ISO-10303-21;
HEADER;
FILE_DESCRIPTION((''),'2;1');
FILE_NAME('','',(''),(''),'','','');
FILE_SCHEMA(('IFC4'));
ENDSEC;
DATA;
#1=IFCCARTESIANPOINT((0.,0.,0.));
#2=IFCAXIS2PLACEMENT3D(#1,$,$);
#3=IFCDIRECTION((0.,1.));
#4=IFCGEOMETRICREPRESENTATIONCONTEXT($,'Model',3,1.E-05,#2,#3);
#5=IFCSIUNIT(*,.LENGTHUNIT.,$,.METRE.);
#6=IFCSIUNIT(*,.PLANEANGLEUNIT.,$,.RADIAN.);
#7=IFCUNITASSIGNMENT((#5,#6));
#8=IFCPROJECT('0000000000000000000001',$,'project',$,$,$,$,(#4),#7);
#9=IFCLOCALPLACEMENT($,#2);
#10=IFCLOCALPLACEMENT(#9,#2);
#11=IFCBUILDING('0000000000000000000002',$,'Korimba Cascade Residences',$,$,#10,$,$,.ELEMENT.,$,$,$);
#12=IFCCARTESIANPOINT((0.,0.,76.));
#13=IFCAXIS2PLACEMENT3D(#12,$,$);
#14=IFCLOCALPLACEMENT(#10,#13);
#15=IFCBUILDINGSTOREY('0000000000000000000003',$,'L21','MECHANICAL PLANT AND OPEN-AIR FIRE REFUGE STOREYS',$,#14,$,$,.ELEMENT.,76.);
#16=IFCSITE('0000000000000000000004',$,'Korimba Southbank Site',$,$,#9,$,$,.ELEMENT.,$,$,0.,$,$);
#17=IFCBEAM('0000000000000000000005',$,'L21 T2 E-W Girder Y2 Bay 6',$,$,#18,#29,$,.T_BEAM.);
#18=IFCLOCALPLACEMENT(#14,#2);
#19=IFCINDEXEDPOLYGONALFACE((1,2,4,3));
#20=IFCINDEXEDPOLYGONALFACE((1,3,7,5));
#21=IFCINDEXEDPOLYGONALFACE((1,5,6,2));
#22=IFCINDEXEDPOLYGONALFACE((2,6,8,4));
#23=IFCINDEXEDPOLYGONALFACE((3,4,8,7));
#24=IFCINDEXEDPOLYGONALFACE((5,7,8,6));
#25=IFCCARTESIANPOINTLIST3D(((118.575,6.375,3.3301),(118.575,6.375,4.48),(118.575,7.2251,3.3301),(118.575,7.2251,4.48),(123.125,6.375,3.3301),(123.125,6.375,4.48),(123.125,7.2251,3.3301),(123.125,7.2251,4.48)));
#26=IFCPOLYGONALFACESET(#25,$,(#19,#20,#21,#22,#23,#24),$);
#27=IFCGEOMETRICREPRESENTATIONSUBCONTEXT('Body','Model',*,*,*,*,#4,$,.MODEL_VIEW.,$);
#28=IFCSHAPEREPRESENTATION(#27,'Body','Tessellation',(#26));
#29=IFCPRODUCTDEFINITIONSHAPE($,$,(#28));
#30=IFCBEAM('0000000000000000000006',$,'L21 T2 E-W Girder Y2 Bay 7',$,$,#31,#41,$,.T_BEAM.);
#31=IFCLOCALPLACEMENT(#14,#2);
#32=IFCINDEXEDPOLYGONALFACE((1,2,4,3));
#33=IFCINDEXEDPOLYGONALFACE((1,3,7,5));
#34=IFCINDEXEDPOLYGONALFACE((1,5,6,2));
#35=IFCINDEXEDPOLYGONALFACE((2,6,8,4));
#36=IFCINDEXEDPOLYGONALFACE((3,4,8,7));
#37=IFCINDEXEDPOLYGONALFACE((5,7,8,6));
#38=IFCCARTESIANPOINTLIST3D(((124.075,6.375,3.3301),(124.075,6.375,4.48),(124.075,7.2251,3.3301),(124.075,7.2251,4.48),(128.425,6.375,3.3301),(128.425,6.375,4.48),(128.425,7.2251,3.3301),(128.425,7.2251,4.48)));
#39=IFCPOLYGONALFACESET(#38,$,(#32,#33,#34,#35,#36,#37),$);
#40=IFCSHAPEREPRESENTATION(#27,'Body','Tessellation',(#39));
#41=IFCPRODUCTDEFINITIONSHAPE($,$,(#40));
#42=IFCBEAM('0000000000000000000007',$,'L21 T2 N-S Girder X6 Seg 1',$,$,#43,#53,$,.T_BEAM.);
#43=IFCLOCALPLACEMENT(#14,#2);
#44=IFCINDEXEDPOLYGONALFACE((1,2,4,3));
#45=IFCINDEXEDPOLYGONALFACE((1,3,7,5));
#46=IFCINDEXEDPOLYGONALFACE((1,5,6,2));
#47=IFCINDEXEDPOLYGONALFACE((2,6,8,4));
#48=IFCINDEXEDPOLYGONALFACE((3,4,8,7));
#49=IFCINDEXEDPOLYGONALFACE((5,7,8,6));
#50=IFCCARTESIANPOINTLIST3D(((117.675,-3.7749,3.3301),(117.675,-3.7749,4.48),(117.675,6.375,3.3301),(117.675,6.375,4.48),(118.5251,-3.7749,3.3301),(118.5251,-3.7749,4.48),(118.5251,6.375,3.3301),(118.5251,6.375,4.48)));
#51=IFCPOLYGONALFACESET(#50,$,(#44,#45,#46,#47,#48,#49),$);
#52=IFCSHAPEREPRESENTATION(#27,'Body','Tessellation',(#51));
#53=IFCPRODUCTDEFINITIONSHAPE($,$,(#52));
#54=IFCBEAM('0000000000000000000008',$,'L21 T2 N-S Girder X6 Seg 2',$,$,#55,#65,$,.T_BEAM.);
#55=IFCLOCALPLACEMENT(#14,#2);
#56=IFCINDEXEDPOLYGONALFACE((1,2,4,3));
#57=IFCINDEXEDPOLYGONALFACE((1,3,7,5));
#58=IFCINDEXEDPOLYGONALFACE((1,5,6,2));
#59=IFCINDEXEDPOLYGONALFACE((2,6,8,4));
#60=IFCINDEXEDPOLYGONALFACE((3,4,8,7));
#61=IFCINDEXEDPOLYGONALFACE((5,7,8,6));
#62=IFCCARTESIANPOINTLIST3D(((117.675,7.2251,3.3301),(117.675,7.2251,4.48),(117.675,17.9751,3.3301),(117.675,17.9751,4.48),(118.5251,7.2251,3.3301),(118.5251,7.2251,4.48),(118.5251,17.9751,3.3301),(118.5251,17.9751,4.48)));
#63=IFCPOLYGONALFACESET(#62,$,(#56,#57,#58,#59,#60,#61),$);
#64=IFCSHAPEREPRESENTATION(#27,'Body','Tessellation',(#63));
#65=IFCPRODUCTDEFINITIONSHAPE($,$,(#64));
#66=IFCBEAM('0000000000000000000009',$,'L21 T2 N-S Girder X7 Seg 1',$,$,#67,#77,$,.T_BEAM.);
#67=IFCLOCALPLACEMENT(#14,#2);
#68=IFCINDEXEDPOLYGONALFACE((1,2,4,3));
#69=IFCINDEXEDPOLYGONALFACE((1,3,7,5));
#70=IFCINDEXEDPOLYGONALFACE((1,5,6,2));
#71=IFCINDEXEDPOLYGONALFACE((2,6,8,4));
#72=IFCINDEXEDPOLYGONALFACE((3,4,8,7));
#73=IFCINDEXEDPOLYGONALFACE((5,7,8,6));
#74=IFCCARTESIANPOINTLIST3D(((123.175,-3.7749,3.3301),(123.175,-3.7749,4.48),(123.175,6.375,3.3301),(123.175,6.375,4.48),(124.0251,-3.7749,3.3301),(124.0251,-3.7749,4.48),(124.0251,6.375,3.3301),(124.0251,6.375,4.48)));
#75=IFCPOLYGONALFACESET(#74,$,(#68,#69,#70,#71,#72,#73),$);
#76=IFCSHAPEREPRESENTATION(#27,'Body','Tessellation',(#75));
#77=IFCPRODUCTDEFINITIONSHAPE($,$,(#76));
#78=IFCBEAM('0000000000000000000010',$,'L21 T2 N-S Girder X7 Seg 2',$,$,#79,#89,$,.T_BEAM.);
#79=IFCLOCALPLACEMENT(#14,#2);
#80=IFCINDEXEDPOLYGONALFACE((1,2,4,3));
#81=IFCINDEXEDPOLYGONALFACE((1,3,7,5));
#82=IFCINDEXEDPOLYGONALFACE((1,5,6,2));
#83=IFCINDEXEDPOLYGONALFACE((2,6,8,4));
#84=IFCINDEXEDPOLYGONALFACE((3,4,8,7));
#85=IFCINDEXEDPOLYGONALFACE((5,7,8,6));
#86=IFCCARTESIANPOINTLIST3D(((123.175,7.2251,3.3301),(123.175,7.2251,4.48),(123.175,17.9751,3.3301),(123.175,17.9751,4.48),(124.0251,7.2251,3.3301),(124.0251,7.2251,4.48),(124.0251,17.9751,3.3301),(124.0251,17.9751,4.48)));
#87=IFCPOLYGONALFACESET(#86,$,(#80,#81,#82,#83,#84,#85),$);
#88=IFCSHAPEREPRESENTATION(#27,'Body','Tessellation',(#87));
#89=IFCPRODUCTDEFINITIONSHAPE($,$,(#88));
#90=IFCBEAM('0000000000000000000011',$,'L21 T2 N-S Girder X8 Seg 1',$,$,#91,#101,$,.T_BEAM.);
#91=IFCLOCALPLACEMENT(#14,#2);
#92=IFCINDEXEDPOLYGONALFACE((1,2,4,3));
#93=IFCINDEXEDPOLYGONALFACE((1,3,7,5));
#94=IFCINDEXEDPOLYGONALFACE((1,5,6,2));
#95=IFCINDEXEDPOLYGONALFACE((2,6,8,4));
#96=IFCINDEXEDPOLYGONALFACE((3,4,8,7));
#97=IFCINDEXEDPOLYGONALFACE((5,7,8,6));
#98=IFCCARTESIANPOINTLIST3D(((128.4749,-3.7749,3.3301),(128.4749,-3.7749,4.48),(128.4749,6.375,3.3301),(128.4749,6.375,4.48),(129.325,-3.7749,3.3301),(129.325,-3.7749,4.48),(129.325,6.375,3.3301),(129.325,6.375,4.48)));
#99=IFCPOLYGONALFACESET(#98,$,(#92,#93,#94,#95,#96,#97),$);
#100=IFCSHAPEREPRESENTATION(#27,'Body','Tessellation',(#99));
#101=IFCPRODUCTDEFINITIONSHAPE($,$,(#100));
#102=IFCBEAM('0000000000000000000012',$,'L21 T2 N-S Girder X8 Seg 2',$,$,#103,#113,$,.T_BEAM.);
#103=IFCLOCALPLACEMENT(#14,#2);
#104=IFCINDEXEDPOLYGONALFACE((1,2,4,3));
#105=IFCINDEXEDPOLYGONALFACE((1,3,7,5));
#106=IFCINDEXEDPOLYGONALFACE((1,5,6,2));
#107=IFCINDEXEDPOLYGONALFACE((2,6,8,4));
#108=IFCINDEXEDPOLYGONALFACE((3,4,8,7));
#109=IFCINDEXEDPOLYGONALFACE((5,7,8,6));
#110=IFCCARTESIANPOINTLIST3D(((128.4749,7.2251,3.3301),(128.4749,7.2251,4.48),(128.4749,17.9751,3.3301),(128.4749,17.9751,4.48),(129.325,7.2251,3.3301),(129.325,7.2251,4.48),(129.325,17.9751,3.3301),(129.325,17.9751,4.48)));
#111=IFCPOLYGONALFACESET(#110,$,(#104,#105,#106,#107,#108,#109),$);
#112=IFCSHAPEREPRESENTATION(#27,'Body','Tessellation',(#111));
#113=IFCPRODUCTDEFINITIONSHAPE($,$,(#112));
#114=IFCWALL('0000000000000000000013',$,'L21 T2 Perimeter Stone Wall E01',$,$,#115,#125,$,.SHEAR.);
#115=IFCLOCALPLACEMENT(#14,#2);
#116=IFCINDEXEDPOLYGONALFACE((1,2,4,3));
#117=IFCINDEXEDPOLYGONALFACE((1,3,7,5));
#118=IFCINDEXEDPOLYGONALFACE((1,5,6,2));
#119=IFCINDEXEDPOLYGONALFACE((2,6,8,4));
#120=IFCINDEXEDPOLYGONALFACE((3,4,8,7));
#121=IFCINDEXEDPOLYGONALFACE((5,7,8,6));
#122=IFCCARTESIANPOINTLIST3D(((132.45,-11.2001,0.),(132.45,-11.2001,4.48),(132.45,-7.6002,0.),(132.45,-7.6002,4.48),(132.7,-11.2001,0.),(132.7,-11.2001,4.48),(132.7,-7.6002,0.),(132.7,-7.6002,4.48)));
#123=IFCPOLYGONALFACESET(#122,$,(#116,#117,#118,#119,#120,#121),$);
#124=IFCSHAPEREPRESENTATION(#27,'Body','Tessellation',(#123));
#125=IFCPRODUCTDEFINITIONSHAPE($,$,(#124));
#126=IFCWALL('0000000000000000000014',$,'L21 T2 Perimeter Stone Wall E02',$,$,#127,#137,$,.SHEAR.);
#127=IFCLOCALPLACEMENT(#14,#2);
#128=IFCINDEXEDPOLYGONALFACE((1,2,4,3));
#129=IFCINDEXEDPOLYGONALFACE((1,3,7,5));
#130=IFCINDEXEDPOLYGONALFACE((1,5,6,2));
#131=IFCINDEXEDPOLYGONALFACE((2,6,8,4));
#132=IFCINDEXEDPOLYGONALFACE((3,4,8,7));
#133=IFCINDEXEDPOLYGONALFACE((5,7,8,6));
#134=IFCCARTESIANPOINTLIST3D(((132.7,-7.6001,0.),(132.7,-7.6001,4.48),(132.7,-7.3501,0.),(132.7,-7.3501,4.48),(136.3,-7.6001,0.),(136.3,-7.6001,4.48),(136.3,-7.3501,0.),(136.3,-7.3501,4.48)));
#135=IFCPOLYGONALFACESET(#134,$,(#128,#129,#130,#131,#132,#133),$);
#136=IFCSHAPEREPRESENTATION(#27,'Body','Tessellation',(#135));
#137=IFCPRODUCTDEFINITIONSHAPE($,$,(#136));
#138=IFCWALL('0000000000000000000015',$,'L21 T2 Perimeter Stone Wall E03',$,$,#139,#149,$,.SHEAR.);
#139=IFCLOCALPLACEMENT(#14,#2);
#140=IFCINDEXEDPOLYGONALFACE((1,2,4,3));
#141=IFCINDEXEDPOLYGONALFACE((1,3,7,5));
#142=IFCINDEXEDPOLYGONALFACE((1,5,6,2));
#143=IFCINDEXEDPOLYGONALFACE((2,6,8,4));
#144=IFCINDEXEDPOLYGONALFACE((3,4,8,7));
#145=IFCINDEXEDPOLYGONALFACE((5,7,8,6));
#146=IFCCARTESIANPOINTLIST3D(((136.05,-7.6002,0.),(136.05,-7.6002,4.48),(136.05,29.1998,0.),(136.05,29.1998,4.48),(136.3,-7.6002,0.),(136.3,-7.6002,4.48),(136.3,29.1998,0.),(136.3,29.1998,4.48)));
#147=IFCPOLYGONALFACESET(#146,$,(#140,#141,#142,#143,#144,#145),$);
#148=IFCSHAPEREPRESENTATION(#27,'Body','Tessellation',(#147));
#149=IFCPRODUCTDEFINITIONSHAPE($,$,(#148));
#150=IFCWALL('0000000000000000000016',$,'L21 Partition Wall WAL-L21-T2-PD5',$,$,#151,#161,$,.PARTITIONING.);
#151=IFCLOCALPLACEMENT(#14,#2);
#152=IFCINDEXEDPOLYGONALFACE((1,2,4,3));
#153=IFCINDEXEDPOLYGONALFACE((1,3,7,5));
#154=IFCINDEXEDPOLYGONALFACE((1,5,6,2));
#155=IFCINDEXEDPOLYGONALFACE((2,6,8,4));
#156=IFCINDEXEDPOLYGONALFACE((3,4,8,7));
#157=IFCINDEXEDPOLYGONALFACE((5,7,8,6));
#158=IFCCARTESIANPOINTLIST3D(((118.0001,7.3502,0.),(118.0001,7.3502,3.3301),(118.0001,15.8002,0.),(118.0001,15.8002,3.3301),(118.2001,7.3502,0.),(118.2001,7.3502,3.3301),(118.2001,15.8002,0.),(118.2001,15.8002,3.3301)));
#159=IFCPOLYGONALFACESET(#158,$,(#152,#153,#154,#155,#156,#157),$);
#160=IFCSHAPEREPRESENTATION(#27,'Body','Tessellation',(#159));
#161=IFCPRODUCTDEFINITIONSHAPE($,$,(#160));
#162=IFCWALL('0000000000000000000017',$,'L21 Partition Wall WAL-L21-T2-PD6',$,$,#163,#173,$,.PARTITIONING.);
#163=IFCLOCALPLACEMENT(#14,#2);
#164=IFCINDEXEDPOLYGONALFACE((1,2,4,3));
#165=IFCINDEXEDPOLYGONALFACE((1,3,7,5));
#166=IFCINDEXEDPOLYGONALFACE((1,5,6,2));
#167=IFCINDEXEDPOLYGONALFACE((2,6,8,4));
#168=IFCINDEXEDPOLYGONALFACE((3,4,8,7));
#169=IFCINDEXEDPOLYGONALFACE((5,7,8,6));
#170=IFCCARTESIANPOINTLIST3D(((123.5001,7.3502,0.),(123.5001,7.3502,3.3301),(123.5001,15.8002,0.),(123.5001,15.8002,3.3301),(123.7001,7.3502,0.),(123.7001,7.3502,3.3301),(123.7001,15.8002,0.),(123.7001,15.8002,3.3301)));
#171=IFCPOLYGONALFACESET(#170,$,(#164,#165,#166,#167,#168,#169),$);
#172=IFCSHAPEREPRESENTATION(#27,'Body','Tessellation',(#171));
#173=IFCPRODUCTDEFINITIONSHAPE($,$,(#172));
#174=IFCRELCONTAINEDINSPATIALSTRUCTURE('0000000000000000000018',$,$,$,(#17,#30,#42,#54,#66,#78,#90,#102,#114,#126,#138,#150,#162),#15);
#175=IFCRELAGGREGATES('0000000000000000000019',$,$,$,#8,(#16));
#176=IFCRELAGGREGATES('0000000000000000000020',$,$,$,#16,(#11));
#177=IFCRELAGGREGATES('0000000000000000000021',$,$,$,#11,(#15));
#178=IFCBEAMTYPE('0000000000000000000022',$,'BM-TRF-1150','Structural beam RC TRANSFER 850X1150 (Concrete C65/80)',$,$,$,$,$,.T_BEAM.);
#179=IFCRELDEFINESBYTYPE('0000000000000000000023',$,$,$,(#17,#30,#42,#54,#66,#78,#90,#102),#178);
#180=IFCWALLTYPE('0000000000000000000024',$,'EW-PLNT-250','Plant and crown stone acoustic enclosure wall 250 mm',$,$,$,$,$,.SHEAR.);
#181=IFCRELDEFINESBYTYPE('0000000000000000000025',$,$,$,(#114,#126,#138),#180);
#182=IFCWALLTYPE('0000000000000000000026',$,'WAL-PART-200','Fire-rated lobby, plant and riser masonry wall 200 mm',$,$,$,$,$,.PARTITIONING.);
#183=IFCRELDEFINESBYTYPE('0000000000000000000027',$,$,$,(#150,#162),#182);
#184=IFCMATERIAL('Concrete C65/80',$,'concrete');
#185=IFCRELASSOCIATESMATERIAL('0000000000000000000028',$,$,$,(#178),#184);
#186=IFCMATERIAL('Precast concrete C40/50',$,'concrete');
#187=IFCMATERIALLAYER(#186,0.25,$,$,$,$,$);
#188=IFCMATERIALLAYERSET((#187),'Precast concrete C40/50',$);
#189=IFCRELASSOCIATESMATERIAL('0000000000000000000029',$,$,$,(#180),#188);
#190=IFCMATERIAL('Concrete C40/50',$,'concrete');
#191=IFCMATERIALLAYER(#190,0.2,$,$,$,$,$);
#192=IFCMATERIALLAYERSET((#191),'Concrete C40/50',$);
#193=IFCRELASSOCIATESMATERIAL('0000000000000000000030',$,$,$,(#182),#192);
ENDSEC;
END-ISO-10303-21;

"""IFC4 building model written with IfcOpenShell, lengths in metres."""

from ifc_helpers import new_model, si_unit, direction, frame, frame_2d, origin, origin_2d, place, context, subcontext, project, spatial, rectangle, extrude, material, layer, layer_set, material_profile, profile_set, type_object, element, save


model = new_model("IFC4")

# Units and contexts
model_context = context("Model", 3, precision=1e-05, world=origin(), true_north=direction((0.0, 1.0)))
body_context = subcontext(model_context, "Body", "Model", "MODEL_VIEW")
ifc_project = project(units=[si_unit("LENGTHUNIT", "METRE"), si_unit("PLANEANGLEUNIT", "RADIAN")], contexts=[model_context])

# Site, building, storey
site_placement = place(None, origin())
site = spatial("IfcSite", under=ifc_project, at=site_placement, Name="Korimba Southbank Site", CompositionType="ELEMENT", RefElevation=0.0)
building_placement = place(site_placement, origin())
building = spatial("IfcBuilding", under=site, at=building_placement, Name="Korimba Cascade Residences", CompositionType="ELEMENT")
storey_placement = place(building_placement, frame((0.0, 0.0, 76.0)))
storey = spatial("IfcBuildingStorey", under=building, at=storey_placement, Name="L21", Description="MECHANICAL PLANT AND OPEN-AIR FIRE REFUGE STOREYS", CompositionType="ELEMENT", Elevation=76.0)

# Shared definitions
ifc_material_1 = material(Name="Concrete C65/80", Category="concrete")

# Beams
ifc_material_profile_1 = material_profile(ifc_material_1, rectangle(XDim=0.8501, YDim=1.1499, at=origin_2d()), Name="Concrete C65/80")
ifc_profile_set_1 = profile_set([ifc_material_profile_1], Name="Concrete C65/80")
beam_type_1 = type_object("IfcBeamType", Name="BM-TRF-1150", Description="Structural beam RC TRANSFER 850X1150 (Concrete C65/80)", PredefinedType="T_BEAM", material=ifc_profile_set_1)
beam_1_placement = place(storey_placement, frame((118.575, 6.8, 3.905), z_axis=(1.0, 0.0, 0.0), x_axis=(0.0, 1.0, 0.0)))
element("IfcBeam", 1, at=beam_1_placement, inside=storey, type_object=beam_type_1, Name="L21 T2 E-W Girder Y2 Bay 6", PredefinedType="T_BEAM", context=body_context, shape_type="SweptSolid", body=[
    extrude(rectangle(XDim=0.8501, YDim=1.1499, at=origin_2d()), origin(), (0.0, 0.0, 1.0), 4.55),
])
beam_2_placement = place(storey_placement, frame((124.075, 6.8, 3.905), z_axis=(1.0, 0.0, 0.0), x_axis=(0.0, 1.0, 0.0)))
element("IfcBeam", 2, at=beam_2_placement, inside=storey, type_object=beam_type_1, Name="L21 T2 E-W Girder Y2 Bay 7", PredefinedType="T_BEAM", context=body_context, shape_type="SweptSolid", body=[
    extrude(rectangle(XDim=0.8501, YDim=1.1499, at=origin_2d()), origin(), (0.0, 0.0, 1.0), 4.3501),
])
beam_3_placement = place(storey_placement, frame((118.1001, -3.7749, 3.905), z_axis=(0.0, 1.0, 0.0), x_axis=(-1.0, 0.0, 0.0)))
element("IfcBeam", 3, at=beam_3_placement, inside=storey, type_object=beam_type_1, Name="L21 T2 N-S Girder X6 Seg 1", PredefinedType="T_BEAM", context=body_context, shape_type="SweptSolid", body=[
    extrude(rectangle(XDim=0.8501, YDim=1.1499, at=origin_2d()), origin(), (0.0, 0.0, 1.0), 10.1499),
])
beam_4_placement = place(storey_placement, frame((118.1001, 7.2251, 3.905), z_axis=(0.0, 1.0, 0.0), x_axis=(-1.0, 0.0, 0.0)))
element("IfcBeam", 4, at=beam_4_placement, inside=storey, type_object=beam_type_1, Name="L21 T2 N-S Girder X6 Seg 2", PredefinedType="T_BEAM", context=body_context, shape_type="SweptSolid", body=[
    extrude(rectangle(XDim=0.8501, YDim=1.1499, at=origin_2d()), origin(), (0.0, 0.0, 1.0), 10.75),
])
beam_5_placement = place(storey_placement, frame((123.6001, -3.7749, 3.905), z_axis=(0.0, 1.0, 0.0), x_axis=(-1.0, 0.0, 0.0)))
element("IfcBeam", 5, at=beam_5_placement, inside=storey, type_object=beam_type_1, Name="L21 T2 N-S Girder X7 Seg 1", PredefinedType="T_BEAM", context=body_context, shape_type="SweptSolid", body=[
    extrude(rectangle(XDim=0.8501, YDim=1.1499, at=origin_2d()), origin(), (0.0, 0.0, 1.0), 10.1499),
])
beam_6_placement = place(storey_placement, frame((123.6001, 7.2251, 3.905), z_axis=(0.0, 1.0, 0.0), x_axis=(-1.0, 0.0, 0.0)))
element("IfcBeam", 6, at=beam_6_placement, inside=storey, type_object=beam_type_1, Name="L21 T2 N-S Girder X7 Seg 2", PredefinedType="T_BEAM", context=body_context, shape_type="SweptSolid", body=[
    extrude(rectangle(XDim=0.8501, YDim=1.1499, at=origin_2d()), origin(), (0.0, 0.0, 1.0), 10.75),
])
beam_7_placement = place(storey_placement, frame((128.8999, -3.7749, 3.905), z_axis=(0.0, 1.0, 0.0), x_axis=(-1.0, 0.0, 0.0)))
element("IfcBeam", 7, at=beam_7_placement, inside=storey, type_object=beam_type_1, Name="L21 T2 N-S Girder X8 Seg 1", PredefinedType="T_BEAM", context=body_context, shape_type="SweptSolid", body=[
    extrude(rectangle(XDim=0.8501, YDim=1.1499, at=origin_2d()), origin(), (0.0, 0.0, 1.0), 10.1499),
])
beam_8_placement = place(storey_placement, frame((128.8999, 7.2251, 3.905), z_axis=(0.0, 1.0, 0.0), x_axis=(-1.0, 0.0, 0.0)))
element("IfcBeam", 8, at=beam_8_placement, inside=storey, type_object=beam_type_1, Name="L21 T2 N-S Girder X8 Seg 2", PredefinedType="T_BEAM", context=body_context, shape_type="SweptSolid", body=[
    extrude(rectangle(XDim=0.8501, YDim=1.1499, at=origin_2d()), origin(), (0.0, 0.0, 1.0), 10.75),
])

# Walls
ifc_material_2 = material(Name="Precast concrete C40/50", Category="concrete")
ifc_layer_1 = layer(ifc_material_2, 0.25)
ifc_layer_set_1 = layer_set([ifc_layer_1], Name="Precast concrete C40/50")
wall_type_1 = type_object("IfcWallType", Name="EW-PLNT-250", Description="Plant and crown stone acoustic enclosure wall 250 mm", PredefinedType="SHEAR", material=ifc_layer_set_1)
wall_1_placement = place(storey_placement, frame((132.575, -11.2, 0.0), z_axis=(0.0, 0.0, 1.0), x_axis=(0.0, 1.0, 0.0)))
element("IfcWall", 9, at=wall_1_placement, inside=storey, type_object=wall_type_1, Name="L21 T2 Perimeter Stone Wall E01", PredefinedType="SHEAR", context=body_context, shape_type="SweptSolid", body=[
    extrude(rectangle(XDim=3.5999, YDim=0.25, at=frame_2d((1.7998, 0.0))), origin(), (0.0, 0.0, 1.0), 4.48),
])
wall_2_placement = place(storey_placement, frame((132.7, -7.4751, 0.0), z_axis=(0.0, 0.0, 1.0), x_axis=(1.0, 0.0, 0.0)))
element("IfcWall", 10, at=wall_2_placement, inside=storey, type_object=wall_type_1, Name="L21 T2 Perimeter Stone Wall E02", PredefinedType="SHEAR", context=body_context, shape_type="SweptSolid", body=[
    extrude(rectangle(XDim=3.6001, YDim=0.25, at=frame_2d((1.8, 0.0))), origin(), (0.0, 0.0, 1.0), 4.48),
])
wall_3_placement = place(storey_placement, frame((136.175, -7.6001, 0.0), z_axis=(0.0, 0.0, 1.0), x_axis=(0.0, 1.0, 0.0)))
element("IfcWall", 11, at=wall_3_placement, inside=storey, type_object=wall_type_1, Name="L21 T2 Perimeter Stone Wall E03", PredefinedType="SHEAR", context=body_context, shape_type="SweptSolid", body=[
    extrude(rectangle(XDim=36.8, YDim=0.25, at=frame_2d((18.3999, 0.0))), origin(), (0.0, 0.0, 1.0), 4.48),
])
ifc_material_3 = material(Name="Concrete C40/50", Category="concrete")
ifc_layer_2 = layer(ifc_material_3, 0.2)
ifc_layer_set_2 = layer_set([ifc_layer_2], Name="Concrete C40/50")
wall_type_2 = type_object("IfcWallType", Name="WAL-PART-200", Description="Fire-rated lobby, plant and riser masonry wall 200 mm", PredefinedType="PARTITIONING", material=ifc_layer_set_2)
for number, where, z_axis, x_axis, name in (
    (12, (118.1001, 7.3501, 0.0), (0.0, 0.0, 1.0), (0.0, 1.0, 0.0), "L21 Partition Wall WAL-L21-T2-PD5"),
    (13, (123.6001, 7.3501, 0.0), (0.0, 0.0, 1.0), (0.0, 1.0, 0.0), "L21 Partition Wall WAL-L21-T2-PD6"),
):
    element("IfcWall", number, at=place(storey_placement, frame(where, z_axis=z_axis, x_axis=x_axis)), inside=storey, type_object=wall_type_2, Name=name, PredefinedType="PARTITIONING", context=body_context, shape_type="SweptSolid", body=[
        extrude(rectangle(XDim=8.45, YDim=0.2, at=frame_2d((4.2251, 0.0))), origin(), (0.0, 0.0, 1.0), 3.3301),
    ])

save(model, "model.ifc")
